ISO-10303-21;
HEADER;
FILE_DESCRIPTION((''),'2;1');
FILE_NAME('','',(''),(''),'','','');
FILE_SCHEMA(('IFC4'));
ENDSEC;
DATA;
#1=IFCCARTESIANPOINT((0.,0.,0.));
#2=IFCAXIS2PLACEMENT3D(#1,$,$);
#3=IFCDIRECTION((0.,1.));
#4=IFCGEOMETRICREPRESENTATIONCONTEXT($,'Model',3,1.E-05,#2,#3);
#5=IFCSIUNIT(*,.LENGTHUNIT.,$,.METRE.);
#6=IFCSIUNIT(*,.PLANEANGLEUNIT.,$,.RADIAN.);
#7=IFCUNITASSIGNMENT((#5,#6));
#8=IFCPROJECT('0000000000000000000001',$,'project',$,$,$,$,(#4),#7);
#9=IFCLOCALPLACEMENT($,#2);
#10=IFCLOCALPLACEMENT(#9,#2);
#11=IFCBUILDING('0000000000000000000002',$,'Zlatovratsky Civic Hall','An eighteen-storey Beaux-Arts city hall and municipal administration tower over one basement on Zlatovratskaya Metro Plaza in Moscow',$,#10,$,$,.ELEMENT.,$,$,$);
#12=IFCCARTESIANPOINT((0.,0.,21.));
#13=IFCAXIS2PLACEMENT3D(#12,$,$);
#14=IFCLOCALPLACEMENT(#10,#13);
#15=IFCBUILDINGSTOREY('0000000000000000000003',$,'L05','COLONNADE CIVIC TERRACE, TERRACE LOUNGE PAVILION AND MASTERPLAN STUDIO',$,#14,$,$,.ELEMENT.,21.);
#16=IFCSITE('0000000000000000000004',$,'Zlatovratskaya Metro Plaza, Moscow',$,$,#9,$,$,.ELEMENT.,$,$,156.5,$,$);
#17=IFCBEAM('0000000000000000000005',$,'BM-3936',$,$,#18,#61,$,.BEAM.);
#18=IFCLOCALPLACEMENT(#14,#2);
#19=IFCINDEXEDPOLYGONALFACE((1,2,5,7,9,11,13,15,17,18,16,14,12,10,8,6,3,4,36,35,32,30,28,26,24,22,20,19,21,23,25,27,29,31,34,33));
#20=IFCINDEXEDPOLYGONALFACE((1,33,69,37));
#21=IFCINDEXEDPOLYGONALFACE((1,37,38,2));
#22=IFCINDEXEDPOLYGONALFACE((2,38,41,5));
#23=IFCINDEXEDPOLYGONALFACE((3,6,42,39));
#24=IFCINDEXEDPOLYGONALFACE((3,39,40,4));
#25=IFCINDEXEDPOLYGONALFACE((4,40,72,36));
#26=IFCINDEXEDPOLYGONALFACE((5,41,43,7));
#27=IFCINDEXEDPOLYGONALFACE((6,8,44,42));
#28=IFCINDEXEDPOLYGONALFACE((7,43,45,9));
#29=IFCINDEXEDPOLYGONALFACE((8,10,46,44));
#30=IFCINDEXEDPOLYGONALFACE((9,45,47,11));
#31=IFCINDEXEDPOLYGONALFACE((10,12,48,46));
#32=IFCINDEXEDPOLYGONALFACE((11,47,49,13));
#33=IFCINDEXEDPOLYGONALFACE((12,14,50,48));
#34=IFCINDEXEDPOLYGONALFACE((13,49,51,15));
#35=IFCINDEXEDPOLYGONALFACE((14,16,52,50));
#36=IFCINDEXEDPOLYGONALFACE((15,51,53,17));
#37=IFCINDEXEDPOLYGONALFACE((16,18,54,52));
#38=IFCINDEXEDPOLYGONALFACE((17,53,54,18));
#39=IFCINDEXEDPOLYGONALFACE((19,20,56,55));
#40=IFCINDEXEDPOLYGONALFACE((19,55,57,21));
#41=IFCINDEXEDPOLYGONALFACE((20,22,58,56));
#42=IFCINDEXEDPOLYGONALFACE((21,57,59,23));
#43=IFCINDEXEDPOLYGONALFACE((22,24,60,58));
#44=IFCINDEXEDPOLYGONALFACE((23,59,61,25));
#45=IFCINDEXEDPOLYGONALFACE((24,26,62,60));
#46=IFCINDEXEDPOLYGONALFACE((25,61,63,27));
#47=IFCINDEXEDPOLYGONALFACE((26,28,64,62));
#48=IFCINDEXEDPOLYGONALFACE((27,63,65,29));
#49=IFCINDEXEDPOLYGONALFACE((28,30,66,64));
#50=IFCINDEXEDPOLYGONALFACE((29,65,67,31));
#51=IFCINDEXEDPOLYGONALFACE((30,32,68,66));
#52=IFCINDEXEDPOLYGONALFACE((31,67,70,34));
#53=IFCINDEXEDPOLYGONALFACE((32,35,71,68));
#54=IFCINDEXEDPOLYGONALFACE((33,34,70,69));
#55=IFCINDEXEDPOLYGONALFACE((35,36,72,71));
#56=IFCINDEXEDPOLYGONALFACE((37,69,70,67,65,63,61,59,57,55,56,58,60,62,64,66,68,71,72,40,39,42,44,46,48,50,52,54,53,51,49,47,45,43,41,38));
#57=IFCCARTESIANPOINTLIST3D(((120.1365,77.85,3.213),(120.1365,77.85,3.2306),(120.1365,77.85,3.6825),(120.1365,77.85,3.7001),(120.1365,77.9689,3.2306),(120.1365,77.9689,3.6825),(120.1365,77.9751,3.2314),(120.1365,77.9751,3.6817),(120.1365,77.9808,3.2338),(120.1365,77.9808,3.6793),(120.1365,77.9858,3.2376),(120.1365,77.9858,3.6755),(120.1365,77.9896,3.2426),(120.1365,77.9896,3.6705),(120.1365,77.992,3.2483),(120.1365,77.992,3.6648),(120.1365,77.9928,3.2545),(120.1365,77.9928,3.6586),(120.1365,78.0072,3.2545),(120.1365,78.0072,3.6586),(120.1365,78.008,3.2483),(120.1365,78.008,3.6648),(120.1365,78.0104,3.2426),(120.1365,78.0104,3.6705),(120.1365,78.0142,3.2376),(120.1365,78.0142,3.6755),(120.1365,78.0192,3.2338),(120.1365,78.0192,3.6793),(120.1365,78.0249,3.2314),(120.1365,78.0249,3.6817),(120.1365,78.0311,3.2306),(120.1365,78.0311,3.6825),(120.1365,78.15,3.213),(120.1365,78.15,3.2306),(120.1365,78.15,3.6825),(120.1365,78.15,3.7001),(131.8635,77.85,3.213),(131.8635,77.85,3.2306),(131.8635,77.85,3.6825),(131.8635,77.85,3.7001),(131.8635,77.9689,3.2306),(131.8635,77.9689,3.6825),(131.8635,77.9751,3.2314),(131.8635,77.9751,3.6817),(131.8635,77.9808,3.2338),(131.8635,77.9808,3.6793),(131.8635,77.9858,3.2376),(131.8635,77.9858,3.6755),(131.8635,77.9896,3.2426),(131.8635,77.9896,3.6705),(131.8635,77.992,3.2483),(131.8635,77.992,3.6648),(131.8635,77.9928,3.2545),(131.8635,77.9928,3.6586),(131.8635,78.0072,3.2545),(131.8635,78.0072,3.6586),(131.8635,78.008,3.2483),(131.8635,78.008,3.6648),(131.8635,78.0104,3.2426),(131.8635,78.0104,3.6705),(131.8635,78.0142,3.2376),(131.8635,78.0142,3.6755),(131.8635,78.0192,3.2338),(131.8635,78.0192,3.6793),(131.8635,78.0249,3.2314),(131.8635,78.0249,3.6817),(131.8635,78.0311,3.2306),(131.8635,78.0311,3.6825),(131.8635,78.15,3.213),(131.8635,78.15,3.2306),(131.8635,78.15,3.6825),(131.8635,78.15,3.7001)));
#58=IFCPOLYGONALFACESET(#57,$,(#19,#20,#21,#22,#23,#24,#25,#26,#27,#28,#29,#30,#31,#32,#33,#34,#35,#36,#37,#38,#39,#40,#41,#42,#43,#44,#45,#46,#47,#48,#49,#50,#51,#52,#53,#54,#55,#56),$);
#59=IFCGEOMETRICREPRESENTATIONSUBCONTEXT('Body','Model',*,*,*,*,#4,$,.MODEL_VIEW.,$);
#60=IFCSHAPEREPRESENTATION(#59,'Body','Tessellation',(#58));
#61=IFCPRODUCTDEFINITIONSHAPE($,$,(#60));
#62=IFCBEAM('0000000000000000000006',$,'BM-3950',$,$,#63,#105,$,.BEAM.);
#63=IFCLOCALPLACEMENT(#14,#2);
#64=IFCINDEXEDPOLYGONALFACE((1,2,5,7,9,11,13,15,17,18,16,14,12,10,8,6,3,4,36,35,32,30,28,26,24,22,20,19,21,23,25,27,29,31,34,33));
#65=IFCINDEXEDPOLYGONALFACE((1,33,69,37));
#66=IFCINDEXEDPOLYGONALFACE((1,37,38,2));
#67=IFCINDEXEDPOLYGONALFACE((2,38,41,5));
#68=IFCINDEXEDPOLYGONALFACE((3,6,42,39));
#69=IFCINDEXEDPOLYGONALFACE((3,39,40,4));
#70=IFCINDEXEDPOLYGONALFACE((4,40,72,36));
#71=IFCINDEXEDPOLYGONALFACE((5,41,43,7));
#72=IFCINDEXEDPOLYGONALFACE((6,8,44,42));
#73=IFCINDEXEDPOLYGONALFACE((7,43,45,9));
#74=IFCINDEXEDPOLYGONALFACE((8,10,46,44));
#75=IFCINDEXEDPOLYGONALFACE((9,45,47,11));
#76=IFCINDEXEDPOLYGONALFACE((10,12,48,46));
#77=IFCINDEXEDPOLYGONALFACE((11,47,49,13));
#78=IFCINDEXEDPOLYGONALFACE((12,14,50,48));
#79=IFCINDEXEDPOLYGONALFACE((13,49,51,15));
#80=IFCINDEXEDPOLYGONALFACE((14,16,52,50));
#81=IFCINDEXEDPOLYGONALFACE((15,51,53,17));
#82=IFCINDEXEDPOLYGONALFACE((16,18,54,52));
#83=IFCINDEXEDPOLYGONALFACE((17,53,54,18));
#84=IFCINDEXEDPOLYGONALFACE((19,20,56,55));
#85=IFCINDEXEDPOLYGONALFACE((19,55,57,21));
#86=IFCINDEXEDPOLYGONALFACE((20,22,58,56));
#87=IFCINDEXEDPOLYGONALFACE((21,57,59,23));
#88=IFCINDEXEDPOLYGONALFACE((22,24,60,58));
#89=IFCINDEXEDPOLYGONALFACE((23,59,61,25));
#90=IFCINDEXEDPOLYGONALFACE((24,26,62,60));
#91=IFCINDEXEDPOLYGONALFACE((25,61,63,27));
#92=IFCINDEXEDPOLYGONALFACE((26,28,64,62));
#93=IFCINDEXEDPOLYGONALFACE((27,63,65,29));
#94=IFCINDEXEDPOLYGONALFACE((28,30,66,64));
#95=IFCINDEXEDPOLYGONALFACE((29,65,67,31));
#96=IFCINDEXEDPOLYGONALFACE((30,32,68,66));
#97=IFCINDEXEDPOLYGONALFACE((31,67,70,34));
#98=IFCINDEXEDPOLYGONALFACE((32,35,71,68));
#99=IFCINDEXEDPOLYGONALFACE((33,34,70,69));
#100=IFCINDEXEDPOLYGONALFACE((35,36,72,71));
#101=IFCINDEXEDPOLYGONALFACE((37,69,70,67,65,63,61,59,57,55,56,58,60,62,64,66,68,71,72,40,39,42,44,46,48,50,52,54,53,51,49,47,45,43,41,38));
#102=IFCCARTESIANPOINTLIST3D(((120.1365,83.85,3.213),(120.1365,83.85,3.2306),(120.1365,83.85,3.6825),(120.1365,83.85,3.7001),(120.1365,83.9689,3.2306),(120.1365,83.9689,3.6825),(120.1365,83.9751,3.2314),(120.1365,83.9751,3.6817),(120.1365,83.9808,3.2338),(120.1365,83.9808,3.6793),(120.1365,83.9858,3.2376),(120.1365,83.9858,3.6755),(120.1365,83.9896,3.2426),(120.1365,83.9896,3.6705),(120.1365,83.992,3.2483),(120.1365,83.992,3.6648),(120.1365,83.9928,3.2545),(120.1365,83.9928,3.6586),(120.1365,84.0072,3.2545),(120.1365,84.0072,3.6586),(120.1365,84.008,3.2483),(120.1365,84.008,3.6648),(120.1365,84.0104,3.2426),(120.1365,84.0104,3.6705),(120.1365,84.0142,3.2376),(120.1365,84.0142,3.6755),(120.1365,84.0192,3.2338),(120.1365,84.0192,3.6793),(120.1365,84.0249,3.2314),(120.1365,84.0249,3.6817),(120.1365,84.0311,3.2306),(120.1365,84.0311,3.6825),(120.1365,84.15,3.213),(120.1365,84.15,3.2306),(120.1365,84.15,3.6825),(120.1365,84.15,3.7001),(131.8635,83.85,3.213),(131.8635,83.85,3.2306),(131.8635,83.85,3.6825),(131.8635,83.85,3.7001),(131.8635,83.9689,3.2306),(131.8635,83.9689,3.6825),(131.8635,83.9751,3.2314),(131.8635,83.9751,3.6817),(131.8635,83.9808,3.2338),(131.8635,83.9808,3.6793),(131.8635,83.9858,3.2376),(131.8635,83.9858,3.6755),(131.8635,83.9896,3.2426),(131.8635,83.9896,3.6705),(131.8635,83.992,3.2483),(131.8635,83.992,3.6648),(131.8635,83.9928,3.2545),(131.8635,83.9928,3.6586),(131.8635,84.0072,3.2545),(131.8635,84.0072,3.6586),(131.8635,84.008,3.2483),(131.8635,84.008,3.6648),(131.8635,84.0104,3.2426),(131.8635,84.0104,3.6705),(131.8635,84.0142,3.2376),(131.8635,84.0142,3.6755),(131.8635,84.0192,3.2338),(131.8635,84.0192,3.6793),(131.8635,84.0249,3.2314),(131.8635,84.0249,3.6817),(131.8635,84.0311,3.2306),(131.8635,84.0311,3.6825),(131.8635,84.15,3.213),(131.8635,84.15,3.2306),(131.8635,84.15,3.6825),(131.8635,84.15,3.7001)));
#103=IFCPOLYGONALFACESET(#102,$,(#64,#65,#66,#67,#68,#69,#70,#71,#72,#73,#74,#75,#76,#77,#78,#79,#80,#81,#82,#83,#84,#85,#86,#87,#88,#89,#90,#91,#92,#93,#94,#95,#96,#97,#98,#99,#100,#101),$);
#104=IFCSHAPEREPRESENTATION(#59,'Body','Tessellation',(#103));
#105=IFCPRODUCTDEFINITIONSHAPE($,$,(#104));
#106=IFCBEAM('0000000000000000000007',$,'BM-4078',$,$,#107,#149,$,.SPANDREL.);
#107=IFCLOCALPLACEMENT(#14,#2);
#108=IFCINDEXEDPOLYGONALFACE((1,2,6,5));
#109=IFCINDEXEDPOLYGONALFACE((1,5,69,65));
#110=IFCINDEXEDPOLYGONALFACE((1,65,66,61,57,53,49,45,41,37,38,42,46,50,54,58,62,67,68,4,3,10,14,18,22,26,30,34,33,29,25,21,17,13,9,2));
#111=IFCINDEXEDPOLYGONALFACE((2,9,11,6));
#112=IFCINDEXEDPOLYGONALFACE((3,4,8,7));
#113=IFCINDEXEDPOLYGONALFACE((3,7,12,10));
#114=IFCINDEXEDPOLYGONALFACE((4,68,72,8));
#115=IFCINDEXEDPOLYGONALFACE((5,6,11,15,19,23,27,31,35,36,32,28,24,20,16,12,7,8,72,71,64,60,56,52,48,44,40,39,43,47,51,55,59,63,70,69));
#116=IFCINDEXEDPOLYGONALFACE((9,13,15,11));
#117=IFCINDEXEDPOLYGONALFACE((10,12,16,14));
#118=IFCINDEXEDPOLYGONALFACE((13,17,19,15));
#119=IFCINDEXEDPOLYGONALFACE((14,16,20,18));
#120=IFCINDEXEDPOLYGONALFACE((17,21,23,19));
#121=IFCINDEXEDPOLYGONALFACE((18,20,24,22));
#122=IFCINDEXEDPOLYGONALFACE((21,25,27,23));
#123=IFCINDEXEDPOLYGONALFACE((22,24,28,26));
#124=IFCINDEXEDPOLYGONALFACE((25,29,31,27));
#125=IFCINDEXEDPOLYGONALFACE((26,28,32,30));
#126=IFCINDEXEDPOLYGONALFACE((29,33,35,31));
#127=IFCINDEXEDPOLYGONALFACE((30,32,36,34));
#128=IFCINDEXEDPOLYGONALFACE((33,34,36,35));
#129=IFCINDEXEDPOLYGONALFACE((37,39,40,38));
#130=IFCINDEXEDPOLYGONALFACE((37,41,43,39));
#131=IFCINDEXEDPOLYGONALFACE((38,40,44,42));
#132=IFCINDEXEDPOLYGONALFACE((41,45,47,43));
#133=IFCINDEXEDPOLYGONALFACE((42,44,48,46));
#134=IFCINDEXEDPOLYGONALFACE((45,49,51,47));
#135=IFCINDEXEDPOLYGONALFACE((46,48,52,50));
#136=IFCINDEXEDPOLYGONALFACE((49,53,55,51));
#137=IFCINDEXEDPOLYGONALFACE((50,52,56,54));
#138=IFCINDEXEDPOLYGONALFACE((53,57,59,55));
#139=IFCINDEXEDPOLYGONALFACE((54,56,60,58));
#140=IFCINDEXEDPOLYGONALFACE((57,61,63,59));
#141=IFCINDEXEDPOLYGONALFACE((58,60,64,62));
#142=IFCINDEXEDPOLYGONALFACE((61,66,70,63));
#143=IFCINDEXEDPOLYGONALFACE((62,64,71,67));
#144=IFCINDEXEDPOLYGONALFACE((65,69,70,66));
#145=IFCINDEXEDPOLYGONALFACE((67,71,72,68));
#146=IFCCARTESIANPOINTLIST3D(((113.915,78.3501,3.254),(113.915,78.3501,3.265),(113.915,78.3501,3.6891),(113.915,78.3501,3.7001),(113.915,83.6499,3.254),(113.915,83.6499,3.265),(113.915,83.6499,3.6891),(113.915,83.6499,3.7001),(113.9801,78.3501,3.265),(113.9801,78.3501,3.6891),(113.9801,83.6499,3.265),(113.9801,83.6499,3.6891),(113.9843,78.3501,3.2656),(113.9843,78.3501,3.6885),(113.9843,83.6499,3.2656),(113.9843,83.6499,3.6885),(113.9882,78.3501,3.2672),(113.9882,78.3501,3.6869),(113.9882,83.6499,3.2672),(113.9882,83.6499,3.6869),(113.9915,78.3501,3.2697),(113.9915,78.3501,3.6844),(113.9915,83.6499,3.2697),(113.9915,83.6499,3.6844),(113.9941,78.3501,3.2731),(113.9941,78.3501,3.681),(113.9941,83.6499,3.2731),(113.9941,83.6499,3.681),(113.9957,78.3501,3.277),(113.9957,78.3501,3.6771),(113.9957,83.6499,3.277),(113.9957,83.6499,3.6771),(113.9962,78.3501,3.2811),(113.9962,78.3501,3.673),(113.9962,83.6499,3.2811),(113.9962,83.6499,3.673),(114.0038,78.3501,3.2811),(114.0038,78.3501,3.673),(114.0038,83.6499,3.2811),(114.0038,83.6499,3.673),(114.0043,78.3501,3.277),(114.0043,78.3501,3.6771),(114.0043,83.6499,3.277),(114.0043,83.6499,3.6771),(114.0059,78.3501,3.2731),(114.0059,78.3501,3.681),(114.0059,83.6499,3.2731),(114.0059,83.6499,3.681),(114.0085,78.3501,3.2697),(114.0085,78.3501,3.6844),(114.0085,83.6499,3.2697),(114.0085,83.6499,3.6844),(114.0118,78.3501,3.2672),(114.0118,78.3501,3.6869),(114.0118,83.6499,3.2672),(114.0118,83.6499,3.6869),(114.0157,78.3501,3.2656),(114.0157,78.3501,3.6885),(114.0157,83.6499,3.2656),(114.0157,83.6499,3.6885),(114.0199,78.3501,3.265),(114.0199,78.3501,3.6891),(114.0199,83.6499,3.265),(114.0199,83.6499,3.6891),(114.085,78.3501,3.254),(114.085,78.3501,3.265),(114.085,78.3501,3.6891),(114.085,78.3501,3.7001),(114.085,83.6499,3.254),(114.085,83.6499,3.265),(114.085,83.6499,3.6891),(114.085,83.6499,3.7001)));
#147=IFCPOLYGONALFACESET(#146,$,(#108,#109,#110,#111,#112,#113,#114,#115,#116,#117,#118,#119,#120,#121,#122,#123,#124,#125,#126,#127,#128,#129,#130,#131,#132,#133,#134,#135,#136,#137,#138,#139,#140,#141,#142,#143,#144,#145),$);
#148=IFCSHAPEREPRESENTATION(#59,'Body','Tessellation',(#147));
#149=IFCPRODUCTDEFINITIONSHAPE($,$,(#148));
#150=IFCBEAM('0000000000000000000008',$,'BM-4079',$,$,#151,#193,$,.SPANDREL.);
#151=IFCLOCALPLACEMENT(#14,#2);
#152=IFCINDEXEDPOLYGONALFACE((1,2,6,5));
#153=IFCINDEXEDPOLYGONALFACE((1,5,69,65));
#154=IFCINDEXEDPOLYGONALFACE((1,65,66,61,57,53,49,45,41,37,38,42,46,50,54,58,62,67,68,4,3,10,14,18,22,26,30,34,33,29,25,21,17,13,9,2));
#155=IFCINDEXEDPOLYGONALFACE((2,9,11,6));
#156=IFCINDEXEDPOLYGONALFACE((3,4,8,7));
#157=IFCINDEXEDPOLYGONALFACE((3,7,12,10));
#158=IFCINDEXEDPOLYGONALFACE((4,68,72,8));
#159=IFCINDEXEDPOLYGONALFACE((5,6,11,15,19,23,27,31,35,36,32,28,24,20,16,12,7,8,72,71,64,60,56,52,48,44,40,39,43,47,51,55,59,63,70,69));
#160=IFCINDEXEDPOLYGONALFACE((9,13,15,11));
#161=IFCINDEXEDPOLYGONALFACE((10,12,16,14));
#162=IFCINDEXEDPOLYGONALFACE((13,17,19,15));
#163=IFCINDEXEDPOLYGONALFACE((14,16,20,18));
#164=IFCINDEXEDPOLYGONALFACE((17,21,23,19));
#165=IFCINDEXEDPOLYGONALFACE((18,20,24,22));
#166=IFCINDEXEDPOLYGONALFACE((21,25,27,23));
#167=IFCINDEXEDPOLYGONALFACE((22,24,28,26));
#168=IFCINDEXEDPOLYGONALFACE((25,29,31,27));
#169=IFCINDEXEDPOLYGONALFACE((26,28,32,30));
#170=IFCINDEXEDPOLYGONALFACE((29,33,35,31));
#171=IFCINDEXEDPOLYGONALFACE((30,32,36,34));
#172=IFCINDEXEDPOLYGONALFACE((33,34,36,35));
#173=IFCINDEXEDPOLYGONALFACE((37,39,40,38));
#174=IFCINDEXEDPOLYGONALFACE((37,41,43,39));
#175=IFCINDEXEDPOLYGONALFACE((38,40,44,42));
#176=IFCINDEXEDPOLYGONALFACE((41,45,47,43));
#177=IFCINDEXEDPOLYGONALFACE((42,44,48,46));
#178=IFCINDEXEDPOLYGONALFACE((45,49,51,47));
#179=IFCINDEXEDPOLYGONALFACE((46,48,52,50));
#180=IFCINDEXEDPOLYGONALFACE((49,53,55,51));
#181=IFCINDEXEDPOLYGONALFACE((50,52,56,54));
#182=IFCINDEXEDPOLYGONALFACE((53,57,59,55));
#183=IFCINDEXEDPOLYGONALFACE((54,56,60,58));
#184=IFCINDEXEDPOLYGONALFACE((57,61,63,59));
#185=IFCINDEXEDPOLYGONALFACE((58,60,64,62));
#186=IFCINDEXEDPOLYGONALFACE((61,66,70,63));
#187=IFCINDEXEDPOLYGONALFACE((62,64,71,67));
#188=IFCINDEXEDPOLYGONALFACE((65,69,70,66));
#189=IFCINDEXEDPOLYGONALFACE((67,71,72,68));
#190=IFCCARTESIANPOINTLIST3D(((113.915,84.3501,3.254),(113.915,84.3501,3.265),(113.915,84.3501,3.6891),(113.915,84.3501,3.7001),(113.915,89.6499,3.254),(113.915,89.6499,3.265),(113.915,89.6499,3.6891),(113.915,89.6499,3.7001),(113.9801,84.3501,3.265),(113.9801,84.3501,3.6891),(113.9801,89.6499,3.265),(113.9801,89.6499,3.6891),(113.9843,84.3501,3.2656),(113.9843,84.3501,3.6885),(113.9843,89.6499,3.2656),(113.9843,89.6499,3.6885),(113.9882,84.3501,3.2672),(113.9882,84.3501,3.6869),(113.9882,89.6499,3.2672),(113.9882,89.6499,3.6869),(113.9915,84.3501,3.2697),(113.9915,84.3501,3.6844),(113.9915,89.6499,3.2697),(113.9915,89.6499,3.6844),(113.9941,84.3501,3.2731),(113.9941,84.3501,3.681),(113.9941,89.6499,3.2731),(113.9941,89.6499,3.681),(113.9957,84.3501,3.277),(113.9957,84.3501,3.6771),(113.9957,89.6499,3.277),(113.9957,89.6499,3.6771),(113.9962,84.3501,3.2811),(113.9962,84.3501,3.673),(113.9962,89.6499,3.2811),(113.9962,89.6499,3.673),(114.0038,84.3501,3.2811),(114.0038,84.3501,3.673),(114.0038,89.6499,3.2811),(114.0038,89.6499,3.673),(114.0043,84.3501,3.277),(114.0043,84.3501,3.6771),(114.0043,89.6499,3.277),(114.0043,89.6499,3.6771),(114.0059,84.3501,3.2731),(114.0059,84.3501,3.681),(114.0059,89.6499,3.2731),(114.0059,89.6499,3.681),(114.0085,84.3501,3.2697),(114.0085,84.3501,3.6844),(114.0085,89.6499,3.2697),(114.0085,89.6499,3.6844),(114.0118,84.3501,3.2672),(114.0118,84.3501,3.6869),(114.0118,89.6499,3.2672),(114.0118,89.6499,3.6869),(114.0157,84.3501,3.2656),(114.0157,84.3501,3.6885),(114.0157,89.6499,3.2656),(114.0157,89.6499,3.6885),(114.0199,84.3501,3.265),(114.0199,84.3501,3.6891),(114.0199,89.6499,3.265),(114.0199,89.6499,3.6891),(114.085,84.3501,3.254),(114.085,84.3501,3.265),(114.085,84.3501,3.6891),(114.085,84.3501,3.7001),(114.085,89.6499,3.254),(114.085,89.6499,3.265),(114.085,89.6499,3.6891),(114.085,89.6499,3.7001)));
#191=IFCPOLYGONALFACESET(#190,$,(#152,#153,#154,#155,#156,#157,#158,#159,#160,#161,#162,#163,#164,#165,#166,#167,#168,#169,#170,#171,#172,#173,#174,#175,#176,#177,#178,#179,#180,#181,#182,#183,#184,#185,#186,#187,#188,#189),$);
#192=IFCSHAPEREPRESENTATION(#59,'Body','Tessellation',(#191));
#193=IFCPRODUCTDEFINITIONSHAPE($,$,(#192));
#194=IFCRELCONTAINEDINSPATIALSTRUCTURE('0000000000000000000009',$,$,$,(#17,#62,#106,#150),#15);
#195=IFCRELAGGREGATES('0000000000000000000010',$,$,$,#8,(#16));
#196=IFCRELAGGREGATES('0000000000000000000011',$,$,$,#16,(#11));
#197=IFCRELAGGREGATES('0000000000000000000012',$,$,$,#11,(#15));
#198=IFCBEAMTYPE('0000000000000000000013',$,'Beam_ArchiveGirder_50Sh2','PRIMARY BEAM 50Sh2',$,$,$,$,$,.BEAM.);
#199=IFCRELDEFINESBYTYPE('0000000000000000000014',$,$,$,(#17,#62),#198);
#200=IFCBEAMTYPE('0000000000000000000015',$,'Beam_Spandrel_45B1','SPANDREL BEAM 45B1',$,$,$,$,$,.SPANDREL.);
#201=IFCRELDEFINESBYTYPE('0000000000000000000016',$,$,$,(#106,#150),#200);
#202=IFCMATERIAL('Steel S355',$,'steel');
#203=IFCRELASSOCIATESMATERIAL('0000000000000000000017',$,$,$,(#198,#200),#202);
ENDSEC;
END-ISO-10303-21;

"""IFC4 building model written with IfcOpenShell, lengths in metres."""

from ifc_helpers import new_model, si_unit, direction, frame, origin, origin_2d, place, context, subcontext, project, spatial, i_section, extrude, material, material_profile, profile_set, type_object, element, save


model = new_model("IFC4")

# Units and contexts
model_context = context("Model", 3, precision=1e-05, world=origin(), true_north=direction((0.0, 1.0)))
body_context = subcontext(model_context, "Body", "Model", "MODEL_VIEW")
ifc_project = project(units=[si_unit("LENGTHUNIT", "METRE"), si_unit("PLANEANGLEUNIT", "RADIAN")], contexts=[model_context])

# Site, building, storey
site_placement = place(None, origin())
site = spatial("IfcSite", under=ifc_project, at=site_placement, Name="Zlatovratskaya Metro Plaza, Moscow", CompositionType="ELEMENT", RefElevation=156.5)
building_placement = place(site_placement, origin())
building = spatial("IfcBuilding", under=site, at=building_placement, Name="Zlatovratsky Civic Hall", Description="An eighteen-storey Beaux-Arts city hall and municipal administration tower over one basement on Zlatovratskaya Metro Plaza in Moscow", CompositionType="ELEMENT")
storey_placement = place(building_placement, frame((0.0, 0.0, 21.0)))
storey = spatial("IfcBuildingStorey", under=building, at=storey_placement, Name="L05", Description="COLONNADE CIVIC TERRACE, TERRACE LOUNGE PAVILION AND MASTERPLAN STUDIO", CompositionType="ELEMENT", Elevation=21.0)

# Shared definitions
ifc_material_1 = material(Name="Steel S355", Category="steel")

# Beams
ifc_material_profile_1 = material_profile(ifc_material_1, i_section(OverallWidth=0.3, OverallDepth=0.4871, WebThickness=0.0144, FlangeThickness=0.0176, FilletRadius=0.0239, at=origin_2d()), Name="50Sh2")
ifc_profile_set_1 = profile_set([ifc_material_profile_1], Name="Steel S355")
beam_type_1 = type_object("IfcBeamType", Name="Beam_ArchiveGirder_50Sh2", Description="PRIMARY BEAM 50Sh2", PredefinedType="BEAM", material=ifc_profile_set_1)
for number, where, z_axis, x_axis, name in (
    (1, (120.1365, 78.0, 3.4565), (1.0, 0.0, 0.0), (0.0, 1.0, 0.0), "BM-3936"),
    (2, (120.1365, 84.0, 3.4565), (1.0, 0.0, 0.0), (0.0, 1.0, 0.0), "BM-3950"),
):
    element("IfcBeam", number, at=place(storey_placement, frame(where, z_axis=z_axis, x_axis=x_axis)), inside=storey, type_object=beam_type_1, Name=name, PredefinedType="BEAM", context=body_context, shape_type="SweptSolid", body=[
        extrude(i_section(OverallWidth=0.3, OverallDepth=0.4871, WebThickness=0.0144, FlangeThickness=0.0176, FilletRadius=0.0239, at=origin_2d()), origin(), (0.0, 0.0, 1.0), 11.7271),
    ])
ifc_material_profile_2 = material_profile(ifc_material_1, i_section(OverallWidth=0.1699, OverallDepth=0.446, WebThickness=0.0076, FlangeThickness=0.011, FilletRadius=0.0161, at=origin_2d()), Name="45B1")
ifc_profile_set_2 = profile_set([ifc_material_profile_2], Name="Steel S355")
beam_type_2 = type_object("IfcBeamType", Name="Beam_Spandrel_45B1", Description="SPANDREL BEAM 45B1", PredefinedType="SPANDREL", material=ifc_profile_set_2)
for number, where, z_axis, x_axis, name in (
    (3, (114.0, 78.3501, 3.4771), (0.0, 1.0, 0.0), (-1.0, 0.0, 0.0), "BM-4078"),
    (4, (114.0, 84.3501, 3.4771), (0.0, 1.0, 0.0), (-1.0, 0.0, 0.0), "BM-4079"),
):
    element("IfcBeam", number, at=place(storey_placement, frame(where, z_axis=z_axis, x_axis=x_axis)), inside=storey, type_object=beam_type_2, Name=name, PredefinedType="SPANDREL", context=body_context, shape_type="SweptSolid", body=[
        extrude(i_section(OverallWidth=0.1699, OverallDepth=0.446, WebThickness=0.0076, FlangeThickness=0.011, FilletRadius=0.0161, at=origin_2d()), origin(), (0.0, 0.0, 1.0), 5.2998),
    ])

save(model, "model.ifc")
